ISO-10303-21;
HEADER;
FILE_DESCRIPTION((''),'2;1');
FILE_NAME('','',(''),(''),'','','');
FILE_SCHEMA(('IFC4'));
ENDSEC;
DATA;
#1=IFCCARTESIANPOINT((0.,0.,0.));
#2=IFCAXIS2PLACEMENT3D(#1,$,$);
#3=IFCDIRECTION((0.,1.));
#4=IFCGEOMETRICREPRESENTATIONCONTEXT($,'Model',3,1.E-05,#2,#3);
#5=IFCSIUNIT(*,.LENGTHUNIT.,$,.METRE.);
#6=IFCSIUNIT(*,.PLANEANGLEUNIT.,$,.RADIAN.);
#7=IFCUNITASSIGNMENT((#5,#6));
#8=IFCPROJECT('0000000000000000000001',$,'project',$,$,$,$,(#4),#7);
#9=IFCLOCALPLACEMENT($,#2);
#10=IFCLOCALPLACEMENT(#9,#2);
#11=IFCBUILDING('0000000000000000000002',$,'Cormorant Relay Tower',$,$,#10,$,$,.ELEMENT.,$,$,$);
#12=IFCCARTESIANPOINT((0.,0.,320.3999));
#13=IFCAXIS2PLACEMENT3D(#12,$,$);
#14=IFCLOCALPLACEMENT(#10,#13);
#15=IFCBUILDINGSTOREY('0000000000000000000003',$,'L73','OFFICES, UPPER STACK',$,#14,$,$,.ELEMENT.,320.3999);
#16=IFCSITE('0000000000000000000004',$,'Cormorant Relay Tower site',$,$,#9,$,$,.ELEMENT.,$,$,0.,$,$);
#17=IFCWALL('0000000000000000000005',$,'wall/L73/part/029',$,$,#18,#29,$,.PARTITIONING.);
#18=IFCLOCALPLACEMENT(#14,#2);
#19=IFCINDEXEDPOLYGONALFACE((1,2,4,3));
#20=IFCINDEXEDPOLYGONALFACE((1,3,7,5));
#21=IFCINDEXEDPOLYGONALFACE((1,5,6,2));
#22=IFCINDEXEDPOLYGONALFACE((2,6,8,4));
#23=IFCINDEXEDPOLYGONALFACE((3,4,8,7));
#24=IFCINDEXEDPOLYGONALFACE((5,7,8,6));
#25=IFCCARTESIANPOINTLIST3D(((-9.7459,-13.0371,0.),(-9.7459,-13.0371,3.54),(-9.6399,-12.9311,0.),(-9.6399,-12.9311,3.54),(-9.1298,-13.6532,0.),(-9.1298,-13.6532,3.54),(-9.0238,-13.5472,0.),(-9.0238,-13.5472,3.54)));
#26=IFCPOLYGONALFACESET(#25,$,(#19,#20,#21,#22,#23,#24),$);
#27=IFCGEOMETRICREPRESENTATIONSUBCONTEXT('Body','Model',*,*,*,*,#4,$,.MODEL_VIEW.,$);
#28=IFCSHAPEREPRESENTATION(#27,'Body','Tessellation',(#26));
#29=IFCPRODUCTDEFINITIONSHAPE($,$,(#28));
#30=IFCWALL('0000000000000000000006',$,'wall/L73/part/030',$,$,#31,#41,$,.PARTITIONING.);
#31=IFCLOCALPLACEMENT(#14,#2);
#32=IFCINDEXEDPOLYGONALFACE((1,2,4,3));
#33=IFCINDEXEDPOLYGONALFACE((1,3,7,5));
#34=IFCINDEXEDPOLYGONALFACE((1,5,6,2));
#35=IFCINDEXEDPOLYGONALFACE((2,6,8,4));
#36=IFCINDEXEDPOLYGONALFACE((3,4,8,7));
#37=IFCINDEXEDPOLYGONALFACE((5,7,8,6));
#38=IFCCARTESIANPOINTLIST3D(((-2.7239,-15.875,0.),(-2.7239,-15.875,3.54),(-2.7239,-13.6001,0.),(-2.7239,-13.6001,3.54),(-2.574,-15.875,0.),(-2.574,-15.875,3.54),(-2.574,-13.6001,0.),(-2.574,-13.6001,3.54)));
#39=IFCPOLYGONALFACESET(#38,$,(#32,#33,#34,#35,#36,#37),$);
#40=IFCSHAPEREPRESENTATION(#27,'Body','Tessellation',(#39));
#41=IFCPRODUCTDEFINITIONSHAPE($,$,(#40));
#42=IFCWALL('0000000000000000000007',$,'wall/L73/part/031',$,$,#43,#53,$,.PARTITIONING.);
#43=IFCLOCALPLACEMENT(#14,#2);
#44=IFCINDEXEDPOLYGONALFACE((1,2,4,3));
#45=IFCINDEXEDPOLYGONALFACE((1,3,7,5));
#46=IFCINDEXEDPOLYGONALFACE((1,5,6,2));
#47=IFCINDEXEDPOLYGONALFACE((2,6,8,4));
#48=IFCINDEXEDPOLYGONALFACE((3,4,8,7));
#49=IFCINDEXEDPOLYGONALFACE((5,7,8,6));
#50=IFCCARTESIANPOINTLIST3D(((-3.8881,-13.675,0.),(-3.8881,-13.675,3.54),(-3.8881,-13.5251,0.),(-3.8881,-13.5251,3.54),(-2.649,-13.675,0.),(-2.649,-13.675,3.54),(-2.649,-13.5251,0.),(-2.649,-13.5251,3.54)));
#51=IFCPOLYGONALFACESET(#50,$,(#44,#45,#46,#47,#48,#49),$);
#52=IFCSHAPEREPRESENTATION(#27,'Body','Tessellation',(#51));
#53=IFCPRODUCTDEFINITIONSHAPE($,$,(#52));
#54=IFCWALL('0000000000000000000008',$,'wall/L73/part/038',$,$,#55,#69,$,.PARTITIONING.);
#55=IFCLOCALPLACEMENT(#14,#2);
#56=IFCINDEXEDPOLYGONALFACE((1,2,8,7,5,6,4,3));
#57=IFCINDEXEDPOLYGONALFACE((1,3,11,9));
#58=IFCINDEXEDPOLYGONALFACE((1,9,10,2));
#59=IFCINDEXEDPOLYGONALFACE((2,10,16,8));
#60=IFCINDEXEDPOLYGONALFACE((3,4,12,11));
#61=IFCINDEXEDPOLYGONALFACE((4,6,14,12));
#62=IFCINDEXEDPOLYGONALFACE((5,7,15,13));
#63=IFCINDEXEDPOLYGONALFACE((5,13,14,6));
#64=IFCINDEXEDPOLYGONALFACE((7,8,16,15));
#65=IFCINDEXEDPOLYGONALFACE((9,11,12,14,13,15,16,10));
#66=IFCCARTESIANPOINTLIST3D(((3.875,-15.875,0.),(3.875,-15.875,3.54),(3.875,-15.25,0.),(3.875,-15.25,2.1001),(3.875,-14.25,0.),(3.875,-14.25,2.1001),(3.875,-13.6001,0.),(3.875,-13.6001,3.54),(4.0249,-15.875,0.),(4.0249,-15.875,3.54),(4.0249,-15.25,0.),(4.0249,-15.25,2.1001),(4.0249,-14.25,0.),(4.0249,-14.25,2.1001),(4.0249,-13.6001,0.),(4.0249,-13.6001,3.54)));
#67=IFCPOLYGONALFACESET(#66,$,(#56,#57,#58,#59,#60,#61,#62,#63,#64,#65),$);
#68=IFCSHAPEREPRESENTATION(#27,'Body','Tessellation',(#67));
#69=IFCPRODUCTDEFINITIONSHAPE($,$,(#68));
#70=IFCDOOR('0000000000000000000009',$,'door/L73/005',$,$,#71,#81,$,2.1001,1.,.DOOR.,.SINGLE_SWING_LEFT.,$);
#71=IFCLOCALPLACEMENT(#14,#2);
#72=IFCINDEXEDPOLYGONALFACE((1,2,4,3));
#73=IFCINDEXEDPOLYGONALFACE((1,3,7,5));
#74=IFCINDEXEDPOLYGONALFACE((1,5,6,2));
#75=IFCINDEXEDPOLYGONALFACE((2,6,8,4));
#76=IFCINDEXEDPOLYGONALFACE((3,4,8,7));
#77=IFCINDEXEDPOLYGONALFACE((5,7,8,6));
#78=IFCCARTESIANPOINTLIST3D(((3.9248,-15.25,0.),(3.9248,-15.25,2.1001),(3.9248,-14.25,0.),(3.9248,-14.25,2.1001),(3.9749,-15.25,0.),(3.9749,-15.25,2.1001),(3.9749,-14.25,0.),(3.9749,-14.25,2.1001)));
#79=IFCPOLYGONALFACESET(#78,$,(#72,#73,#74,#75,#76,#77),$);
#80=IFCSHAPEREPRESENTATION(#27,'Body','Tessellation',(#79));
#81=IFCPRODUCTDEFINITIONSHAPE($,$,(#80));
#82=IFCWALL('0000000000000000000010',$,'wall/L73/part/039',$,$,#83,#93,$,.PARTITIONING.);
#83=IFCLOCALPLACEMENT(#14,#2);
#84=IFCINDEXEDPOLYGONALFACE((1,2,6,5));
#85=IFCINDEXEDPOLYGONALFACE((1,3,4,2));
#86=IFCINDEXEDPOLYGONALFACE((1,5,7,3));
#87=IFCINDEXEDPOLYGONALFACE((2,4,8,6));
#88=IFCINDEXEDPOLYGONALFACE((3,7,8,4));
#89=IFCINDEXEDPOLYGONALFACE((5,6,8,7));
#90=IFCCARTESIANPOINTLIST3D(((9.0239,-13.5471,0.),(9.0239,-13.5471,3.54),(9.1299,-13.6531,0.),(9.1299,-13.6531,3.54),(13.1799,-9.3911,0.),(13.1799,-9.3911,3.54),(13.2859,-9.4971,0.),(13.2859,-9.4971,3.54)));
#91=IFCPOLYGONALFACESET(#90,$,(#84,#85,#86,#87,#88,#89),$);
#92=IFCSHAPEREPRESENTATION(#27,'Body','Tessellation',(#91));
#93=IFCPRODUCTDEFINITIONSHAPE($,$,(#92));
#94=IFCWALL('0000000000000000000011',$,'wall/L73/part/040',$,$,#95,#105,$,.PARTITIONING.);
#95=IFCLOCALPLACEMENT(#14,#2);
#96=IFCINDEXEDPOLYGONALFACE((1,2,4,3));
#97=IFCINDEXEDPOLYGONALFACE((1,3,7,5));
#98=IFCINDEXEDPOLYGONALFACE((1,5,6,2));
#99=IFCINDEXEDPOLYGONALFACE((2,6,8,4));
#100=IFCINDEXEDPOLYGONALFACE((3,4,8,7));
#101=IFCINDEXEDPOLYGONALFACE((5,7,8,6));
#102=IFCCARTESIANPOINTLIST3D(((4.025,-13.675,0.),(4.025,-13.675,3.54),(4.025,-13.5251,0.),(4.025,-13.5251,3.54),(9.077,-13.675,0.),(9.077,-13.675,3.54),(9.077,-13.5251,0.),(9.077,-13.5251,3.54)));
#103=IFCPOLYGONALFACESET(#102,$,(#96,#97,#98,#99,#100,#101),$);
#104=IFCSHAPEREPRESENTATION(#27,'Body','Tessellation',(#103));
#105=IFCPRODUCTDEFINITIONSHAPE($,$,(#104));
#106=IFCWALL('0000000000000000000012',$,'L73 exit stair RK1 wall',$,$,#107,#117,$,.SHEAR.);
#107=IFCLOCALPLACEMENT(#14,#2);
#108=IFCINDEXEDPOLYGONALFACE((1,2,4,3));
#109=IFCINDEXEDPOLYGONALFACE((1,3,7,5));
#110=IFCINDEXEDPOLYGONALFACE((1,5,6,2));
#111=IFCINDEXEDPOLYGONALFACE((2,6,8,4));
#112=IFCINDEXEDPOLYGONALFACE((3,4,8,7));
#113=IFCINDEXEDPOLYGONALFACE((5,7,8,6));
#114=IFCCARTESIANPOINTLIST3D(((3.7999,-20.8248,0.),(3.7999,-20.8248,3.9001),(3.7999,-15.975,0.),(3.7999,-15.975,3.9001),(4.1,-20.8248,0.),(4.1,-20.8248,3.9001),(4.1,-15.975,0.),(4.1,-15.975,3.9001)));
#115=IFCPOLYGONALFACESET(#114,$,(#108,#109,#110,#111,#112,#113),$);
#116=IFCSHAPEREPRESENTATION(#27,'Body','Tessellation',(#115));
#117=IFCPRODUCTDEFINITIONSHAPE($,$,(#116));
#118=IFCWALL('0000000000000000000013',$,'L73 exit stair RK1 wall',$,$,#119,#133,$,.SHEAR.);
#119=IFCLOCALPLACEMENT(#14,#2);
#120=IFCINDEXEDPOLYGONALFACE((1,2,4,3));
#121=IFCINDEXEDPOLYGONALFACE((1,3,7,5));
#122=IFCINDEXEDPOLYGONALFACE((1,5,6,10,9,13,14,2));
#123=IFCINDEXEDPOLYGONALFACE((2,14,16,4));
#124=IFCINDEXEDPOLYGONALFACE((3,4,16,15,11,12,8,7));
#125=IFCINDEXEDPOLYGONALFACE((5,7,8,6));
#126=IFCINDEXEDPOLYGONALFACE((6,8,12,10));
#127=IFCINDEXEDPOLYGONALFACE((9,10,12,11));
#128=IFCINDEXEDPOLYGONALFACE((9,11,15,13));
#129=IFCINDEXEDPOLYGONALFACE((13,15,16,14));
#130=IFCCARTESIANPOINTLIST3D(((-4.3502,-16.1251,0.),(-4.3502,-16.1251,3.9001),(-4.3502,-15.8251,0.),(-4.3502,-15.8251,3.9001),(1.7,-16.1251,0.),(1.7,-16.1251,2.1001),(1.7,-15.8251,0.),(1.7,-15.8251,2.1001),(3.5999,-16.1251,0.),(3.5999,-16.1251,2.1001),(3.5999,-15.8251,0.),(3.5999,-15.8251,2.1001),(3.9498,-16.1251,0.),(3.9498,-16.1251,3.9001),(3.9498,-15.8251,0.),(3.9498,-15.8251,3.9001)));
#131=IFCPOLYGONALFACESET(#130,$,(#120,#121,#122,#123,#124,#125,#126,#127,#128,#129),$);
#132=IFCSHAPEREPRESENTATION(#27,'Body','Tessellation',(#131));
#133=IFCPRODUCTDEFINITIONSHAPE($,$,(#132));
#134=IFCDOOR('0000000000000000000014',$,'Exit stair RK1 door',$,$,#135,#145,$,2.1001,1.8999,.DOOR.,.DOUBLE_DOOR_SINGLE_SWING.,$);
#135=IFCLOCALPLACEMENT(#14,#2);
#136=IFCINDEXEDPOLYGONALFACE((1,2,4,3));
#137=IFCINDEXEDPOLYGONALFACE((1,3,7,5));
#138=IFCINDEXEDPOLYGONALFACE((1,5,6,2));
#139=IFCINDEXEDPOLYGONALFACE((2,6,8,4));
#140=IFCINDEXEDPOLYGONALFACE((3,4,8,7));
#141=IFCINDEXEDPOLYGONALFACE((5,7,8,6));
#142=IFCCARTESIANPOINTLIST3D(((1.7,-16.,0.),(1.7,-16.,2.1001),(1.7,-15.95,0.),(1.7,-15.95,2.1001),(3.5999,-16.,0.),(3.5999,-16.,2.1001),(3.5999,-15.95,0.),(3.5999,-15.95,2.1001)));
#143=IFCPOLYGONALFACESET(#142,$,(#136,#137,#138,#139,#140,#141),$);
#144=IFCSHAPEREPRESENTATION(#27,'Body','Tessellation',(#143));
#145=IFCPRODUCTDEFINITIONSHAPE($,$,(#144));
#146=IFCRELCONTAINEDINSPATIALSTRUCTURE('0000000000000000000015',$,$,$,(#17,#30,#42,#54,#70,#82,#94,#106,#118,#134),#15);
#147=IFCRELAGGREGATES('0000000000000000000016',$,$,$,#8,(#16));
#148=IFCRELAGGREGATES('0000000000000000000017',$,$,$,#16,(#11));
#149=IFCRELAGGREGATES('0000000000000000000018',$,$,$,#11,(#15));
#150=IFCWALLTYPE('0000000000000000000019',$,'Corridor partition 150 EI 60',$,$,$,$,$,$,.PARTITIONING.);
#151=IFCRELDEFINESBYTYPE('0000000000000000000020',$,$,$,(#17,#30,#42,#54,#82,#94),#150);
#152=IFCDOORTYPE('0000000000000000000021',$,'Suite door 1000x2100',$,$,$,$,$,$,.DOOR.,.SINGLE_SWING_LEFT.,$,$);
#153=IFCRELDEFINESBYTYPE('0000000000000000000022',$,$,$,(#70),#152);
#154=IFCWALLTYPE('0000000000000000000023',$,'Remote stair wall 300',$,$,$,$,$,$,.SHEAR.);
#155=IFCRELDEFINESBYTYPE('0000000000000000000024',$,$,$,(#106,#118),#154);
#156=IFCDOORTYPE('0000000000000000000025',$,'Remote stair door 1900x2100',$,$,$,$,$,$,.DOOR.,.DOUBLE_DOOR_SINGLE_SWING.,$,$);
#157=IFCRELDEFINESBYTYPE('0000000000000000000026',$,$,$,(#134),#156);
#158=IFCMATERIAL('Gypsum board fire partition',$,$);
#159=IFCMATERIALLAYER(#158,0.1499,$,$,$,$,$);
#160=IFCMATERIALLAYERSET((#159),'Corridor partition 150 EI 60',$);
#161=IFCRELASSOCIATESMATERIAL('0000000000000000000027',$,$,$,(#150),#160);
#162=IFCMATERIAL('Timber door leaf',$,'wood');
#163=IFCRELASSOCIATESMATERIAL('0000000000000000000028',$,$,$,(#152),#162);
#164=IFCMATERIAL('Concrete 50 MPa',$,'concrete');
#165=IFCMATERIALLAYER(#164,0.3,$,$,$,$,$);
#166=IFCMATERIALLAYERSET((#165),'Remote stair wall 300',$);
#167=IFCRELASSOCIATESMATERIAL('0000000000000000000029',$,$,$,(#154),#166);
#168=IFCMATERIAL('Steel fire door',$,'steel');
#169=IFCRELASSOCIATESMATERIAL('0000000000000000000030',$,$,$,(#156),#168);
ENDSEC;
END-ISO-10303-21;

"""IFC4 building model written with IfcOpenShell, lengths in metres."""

from ifc_helpers import new_model, si_unit, direction, frame, frame_2d, origin, place, context, subcontext, project, spatial, rectangle, extrude, material, layer, layer_set, type_object, element, fill, save


model = new_model("IFC4")

# Units and contexts
model_context = context("Model", 3, precision=1e-05, world=origin(), true_north=direction((0.0, 1.0)))
body_context = subcontext(model_context, "Body", "Model", "MODEL_VIEW")
ifc_project = project(units=[si_unit("LENGTHUNIT", "METRE"), si_unit("PLANEANGLEUNIT", "RADIAN")], contexts=[model_context])

# Site, building, storey
site_placement = place(None, origin())
site = spatial("IfcSite", under=ifc_project, at=site_placement, Name="Cormorant Relay Tower site", CompositionType="ELEMENT", RefElevation=0.0)
building_placement = place(site_placement, origin())
building = spatial("IfcBuilding", under=site, at=building_placement, Name="Cormorant Relay Tower", CompositionType="ELEMENT")
storey_placement = place(building_placement, frame((0.0, 0.0, 320.3999)))
storey = spatial("IfcBuildingStorey", under=building, at=storey_placement, Name="L73", Description="OFFICES, UPPER STACK", CompositionType="ELEMENT", Elevation=320.3999)

# Shared definitions
ifc_material_1 = material(Name="Gypsum board fire partition")
ifc_layer_1 = layer(ifc_material_1, 0.1499)
ifc_layer_set_1 = layer_set([ifc_layer_1], Name="Corridor partition 150 EI 60")
wall_type_1 = type_object("IfcWallType", Name="Corridor partition 150 EI 60", PredefinedType="PARTITIONING", material=ifc_layer_set_1)
ifc_material_2 = material(Name="Timber door leaf", Category="wood")
door_type_1 = type_object("IfcDoorType", Name="Suite door 1000x2100", OperationType="SINGLE_SWING_LEFT", PredefinedType="DOOR", material=ifc_material_2)

# Walls
wall_1_placement = place(storey_placement, frame((-9.0769, -13.6001, 0.0), z_axis=(0.0, 0.0, 1.0), x_axis=(-0.707107, 0.707107, 0.0)))
element("IfcWall", 1, at=wall_1_placement, inside=storey, type_object=wall_type_1, Name="wall/L73/part/029", PredefinedType="PARTITIONING", context=body_context, shape_type="SweptSolid", body=[
    extrude(rectangle(XDim=0.8713, YDim=0.1499, at=frame_2d((0.4355, 0.0))), origin(), (0.0, 0.0, 1.0), 3.54),
])
wall_2_placement = place(storey_placement, frame((-2.6489, -15.875, 0.0), z_axis=(0.0, 0.0, 1.0), x_axis=(0.0, 1.0, 0.0)))
element("IfcWall", 2, at=wall_2_placement, inside=storey, type_object=wall_type_1, Name="wall/L73/part/030", PredefinedType="PARTITIONING", context=body_context, shape_type="SweptSolid", body=[
    extrude(rectangle(XDim=2.2749, YDim=0.1499, at=frame_2d((1.1375, 0.0))), origin(), (0.0, 0.0, 1.0), 3.54),
])
wall_3_placement = place(storey_placement, frame((-2.6489, -13.6001, 0.0), z_axis=(0.0, 0.0, 1.0), x_axis=(-1.0, 0.0, 0.0)))
element("IfcWall", 3, at=wall_3_placement, inside=storey, type_object=wall_type_1, Name="wall/L73/part/031", PredefinedType="PARTITIONING", context=body_context, shape_type="SweptSolid", body=[
    extrude(rectangle(XDim=1.239, YDim=0.1499, at=frame_2d((0.6196, 0.0))), origin(), (0.0, 0.0, 1.0), 3.54),
])

# Wall, opening, door
wall_4_placement = place(storey_placement, frame((3.95, -13.6001, 0.0), z_axis=(0.0, 0.0, 1.0), x_axis=(0.0, -1.0, 0.0)))
wall_4 = element("IfcWall", 4, at=wall_4_placement, inside=storey, type_object=wall_type_1, Name="wall/L73/part/038", PredefinedType="PARTITIONING", context=body_context, shape_type="SweptSolid", body=[
    extrude(rectangle(XDim=2.2749, YDim=0.1499, at=frame_2d((1.1375, 0.0))), origin(), (0.0, 0.0, 1.0), 3.54),
])
opening_1_placement = place(wall_4_placement, frame((0.6499, 0.0, 0.0)))
opening_1 = element("IfcOpeningElement", 5, at=opening_1_placement, cuts=wall_4, PredefinedType="OPENING", context=body_context, shape_type="SweptSolid", body=[
    extrude(rectangle(XDim=1.0, YDim=2.1001, at=frame_2d((0.5, 1.05))), frame((0.0, 0.085, 0.0), z_axis=(0.0, -1.0, 0.0), x_axis=(1.0, 0.0, 0.0)), (0.0, 0.0, 1.0), 0.1699),
])
door_1_placement = place(opening_1_placement, origin())
door_1 = element("IfcDoor", 6, at=door_1_placement, inside=storey, type_object=door_type_1, Name="door/L73/005", OperationType="SINGLE_SWING_LEFT", OverallHeight=2.1001, OverallWidth=1.0, PredefinedType="DOOR", context=body_context, shape_type="SweptSolid", body=[
    extrude(rectangle(XDim=1.0, YDim=2.1001, at=frame_2d((0.5, 1.05))), frame((0.0, 0.0249, 0.0), z_axis=(0.0, -1.0, 0.0), x_axis=(1.0, 0.0, 0.0)), (0.0, 0.0, 1.0), 0.05),
])
fill(opening_1, door_1)

# Walls
wall_5_placement = place(storey_placement, frame((13.2329, -9.4441, 0.0), z_axis=(0.0, 0.0, 1.0), x_axis=(-0.707107, -0.707107, 0.0)))
element("IfcWall", 7, at=wall_5_placement, inside=storey, type_object=wall_type_1, Name="wall/L73/part/039", PredefinedType="PARTITIONING", context=body_context, shape_type="SweptSolid", body=[
    extrude(rectangle(XDim=5.8774, YDim=0.1499, at=frame_2d((2.9387, 0.0))), origin(), (0.0, 0.0, 1.0), 3.54),
])
wall_6_placement = place(storey_placement, frame((9.0769, -13.6001, 0.0), z_axis=(0.0, 0.0, 1.0), x_axis=(-1.0, 0.0, 0.0)))
element("IfcWall", 8, at=wall_6_placement, inside=storey, type_object=wall_type_1, Name="wall/L73/part/040", PredefinedType="PARTITIONING", context=body_context, shape_type="SweptSolid", body=[
    extrude(rectangle(XDim=5.052, YDim=0.1499, at=frame_2d((2.5259, 0.0))), origin(), (0.0, 0.0, 1.0), 3.54),
])
ifc_material_3 = material(Name="Concrete 50 MPa", Category="concrete")
ifc_layer_2 = layer(ifc_material_3, 0.3)
ifc_layer_set_2 = layer_set([ifc_layer_2], Name="Remote stair wall 300")
wall_type_2 = type_object("IfcWallType", Name="Remote stair wall 300", PredefinedType="SHEAR", material=ifc_layer_set_2)
wall_7_placement = place(storey_placement, frame((3.95, -15.9751, 0.0), z_axis=(0.0, 0.0, 1.0), x_axis=(0.0, -1.0, 0.0)))
element("IfcWall", 9, at=wall_7_placement, inside=storey, type_object=wall_type_2, Name="L73 exit stair RK1 wall", PredefinedType="SHEAR", context=body_context, shape_type="SweptSolid", body=[
    extrude(rectangle(XDim=4.8499, YDim=0.3, at=frame_2d((2.4248, 0.0))), origin(), (0.0, 0.0, 1.0), 3.9001),
])

# Wall, opening, door
wall_8_placement = place(storey_placement, frame((-4.3501, -15.9751, 0.0), z_axis=(0.0, 0.0, 1.0), x_axis=(1.0, 0.0, 0.0)))
wall_8 = element("IfcWall", 10, at=wall_8_placement, inside=storey, type_object=wall_type_2, Name="L73 exit stair RK1 wall", PredefinedType="SHEAR", context=body_context, shape_type="SweptSolid", body=[
    extrude(rectangle(XDim=8.3, YDim=0.3, at=frame_2d((4.1499, 0.0))), origin(), (0.0, 0.0, 1.0), 3.9001),
])
opening_2_placement = place(wall_8_placement, frame((6.05, 0.0, 0.0)))
opening_2 = element("IfcOpeningElement", 11, at=opening_2_placement, cuts=wall_8, PredefinedType="OPENING", context=body_context, shape_type="SweptSolid", body=[
    extrude(rectangle(XDim=1.8999, YDim=2.1001, at=frame_2d((0.95, 1.05))), frame((0.0, 0.1599, 0.0), z_axis=(0.0, -1.0, 0.0), x_axis=(1.0, 0.0, 0.0)), (0.0, 0.0, 1.0), 0.3201),
])
ifc_material_4 = material(Name="Steel fire door", Category="steel")
door_type_2 = type_object("IfcDoorType", Name="Remote stair door 1900x2100", OperationType="DOUBLE_DOOR_SINGLE_SWING", PredefinedType="DOOR", material=ifc_material_4)
door_2_placement = place(opening_2_placement, frame((1.8999, 0.0, 0.0), z_axis=(0.0, 0.0, 1.0), x_axis=(-1.0, 0.0, 0.0)))
door_2 = element("IfcDoor", 12, at=door_2_placement, inside=storey, type_object=door_type_2, Name="Exit stair RK1 door", OperationType="DOUBLE_DOOR_SINGLE_SWING", OverallHeight=2.1001, OverallWidth=1.8999, PredefinedType="DOOR", context=body_context, shape_type="SweptSolid", body=[
    extrude(rectangle(XDim=1.8999, YDim=2.1001, at=frame_2d((0.95, 1.05))), frame((0.0, 0.0249, 0.0), z_axis=(0.0, -1.0, 0.0), x_axis=(1.0, 0.0, 0.0)), (0.0, 0.0, 1.0), 0.05),
])
fill(opening_2, door_2)

save(model, "model.ifc")
